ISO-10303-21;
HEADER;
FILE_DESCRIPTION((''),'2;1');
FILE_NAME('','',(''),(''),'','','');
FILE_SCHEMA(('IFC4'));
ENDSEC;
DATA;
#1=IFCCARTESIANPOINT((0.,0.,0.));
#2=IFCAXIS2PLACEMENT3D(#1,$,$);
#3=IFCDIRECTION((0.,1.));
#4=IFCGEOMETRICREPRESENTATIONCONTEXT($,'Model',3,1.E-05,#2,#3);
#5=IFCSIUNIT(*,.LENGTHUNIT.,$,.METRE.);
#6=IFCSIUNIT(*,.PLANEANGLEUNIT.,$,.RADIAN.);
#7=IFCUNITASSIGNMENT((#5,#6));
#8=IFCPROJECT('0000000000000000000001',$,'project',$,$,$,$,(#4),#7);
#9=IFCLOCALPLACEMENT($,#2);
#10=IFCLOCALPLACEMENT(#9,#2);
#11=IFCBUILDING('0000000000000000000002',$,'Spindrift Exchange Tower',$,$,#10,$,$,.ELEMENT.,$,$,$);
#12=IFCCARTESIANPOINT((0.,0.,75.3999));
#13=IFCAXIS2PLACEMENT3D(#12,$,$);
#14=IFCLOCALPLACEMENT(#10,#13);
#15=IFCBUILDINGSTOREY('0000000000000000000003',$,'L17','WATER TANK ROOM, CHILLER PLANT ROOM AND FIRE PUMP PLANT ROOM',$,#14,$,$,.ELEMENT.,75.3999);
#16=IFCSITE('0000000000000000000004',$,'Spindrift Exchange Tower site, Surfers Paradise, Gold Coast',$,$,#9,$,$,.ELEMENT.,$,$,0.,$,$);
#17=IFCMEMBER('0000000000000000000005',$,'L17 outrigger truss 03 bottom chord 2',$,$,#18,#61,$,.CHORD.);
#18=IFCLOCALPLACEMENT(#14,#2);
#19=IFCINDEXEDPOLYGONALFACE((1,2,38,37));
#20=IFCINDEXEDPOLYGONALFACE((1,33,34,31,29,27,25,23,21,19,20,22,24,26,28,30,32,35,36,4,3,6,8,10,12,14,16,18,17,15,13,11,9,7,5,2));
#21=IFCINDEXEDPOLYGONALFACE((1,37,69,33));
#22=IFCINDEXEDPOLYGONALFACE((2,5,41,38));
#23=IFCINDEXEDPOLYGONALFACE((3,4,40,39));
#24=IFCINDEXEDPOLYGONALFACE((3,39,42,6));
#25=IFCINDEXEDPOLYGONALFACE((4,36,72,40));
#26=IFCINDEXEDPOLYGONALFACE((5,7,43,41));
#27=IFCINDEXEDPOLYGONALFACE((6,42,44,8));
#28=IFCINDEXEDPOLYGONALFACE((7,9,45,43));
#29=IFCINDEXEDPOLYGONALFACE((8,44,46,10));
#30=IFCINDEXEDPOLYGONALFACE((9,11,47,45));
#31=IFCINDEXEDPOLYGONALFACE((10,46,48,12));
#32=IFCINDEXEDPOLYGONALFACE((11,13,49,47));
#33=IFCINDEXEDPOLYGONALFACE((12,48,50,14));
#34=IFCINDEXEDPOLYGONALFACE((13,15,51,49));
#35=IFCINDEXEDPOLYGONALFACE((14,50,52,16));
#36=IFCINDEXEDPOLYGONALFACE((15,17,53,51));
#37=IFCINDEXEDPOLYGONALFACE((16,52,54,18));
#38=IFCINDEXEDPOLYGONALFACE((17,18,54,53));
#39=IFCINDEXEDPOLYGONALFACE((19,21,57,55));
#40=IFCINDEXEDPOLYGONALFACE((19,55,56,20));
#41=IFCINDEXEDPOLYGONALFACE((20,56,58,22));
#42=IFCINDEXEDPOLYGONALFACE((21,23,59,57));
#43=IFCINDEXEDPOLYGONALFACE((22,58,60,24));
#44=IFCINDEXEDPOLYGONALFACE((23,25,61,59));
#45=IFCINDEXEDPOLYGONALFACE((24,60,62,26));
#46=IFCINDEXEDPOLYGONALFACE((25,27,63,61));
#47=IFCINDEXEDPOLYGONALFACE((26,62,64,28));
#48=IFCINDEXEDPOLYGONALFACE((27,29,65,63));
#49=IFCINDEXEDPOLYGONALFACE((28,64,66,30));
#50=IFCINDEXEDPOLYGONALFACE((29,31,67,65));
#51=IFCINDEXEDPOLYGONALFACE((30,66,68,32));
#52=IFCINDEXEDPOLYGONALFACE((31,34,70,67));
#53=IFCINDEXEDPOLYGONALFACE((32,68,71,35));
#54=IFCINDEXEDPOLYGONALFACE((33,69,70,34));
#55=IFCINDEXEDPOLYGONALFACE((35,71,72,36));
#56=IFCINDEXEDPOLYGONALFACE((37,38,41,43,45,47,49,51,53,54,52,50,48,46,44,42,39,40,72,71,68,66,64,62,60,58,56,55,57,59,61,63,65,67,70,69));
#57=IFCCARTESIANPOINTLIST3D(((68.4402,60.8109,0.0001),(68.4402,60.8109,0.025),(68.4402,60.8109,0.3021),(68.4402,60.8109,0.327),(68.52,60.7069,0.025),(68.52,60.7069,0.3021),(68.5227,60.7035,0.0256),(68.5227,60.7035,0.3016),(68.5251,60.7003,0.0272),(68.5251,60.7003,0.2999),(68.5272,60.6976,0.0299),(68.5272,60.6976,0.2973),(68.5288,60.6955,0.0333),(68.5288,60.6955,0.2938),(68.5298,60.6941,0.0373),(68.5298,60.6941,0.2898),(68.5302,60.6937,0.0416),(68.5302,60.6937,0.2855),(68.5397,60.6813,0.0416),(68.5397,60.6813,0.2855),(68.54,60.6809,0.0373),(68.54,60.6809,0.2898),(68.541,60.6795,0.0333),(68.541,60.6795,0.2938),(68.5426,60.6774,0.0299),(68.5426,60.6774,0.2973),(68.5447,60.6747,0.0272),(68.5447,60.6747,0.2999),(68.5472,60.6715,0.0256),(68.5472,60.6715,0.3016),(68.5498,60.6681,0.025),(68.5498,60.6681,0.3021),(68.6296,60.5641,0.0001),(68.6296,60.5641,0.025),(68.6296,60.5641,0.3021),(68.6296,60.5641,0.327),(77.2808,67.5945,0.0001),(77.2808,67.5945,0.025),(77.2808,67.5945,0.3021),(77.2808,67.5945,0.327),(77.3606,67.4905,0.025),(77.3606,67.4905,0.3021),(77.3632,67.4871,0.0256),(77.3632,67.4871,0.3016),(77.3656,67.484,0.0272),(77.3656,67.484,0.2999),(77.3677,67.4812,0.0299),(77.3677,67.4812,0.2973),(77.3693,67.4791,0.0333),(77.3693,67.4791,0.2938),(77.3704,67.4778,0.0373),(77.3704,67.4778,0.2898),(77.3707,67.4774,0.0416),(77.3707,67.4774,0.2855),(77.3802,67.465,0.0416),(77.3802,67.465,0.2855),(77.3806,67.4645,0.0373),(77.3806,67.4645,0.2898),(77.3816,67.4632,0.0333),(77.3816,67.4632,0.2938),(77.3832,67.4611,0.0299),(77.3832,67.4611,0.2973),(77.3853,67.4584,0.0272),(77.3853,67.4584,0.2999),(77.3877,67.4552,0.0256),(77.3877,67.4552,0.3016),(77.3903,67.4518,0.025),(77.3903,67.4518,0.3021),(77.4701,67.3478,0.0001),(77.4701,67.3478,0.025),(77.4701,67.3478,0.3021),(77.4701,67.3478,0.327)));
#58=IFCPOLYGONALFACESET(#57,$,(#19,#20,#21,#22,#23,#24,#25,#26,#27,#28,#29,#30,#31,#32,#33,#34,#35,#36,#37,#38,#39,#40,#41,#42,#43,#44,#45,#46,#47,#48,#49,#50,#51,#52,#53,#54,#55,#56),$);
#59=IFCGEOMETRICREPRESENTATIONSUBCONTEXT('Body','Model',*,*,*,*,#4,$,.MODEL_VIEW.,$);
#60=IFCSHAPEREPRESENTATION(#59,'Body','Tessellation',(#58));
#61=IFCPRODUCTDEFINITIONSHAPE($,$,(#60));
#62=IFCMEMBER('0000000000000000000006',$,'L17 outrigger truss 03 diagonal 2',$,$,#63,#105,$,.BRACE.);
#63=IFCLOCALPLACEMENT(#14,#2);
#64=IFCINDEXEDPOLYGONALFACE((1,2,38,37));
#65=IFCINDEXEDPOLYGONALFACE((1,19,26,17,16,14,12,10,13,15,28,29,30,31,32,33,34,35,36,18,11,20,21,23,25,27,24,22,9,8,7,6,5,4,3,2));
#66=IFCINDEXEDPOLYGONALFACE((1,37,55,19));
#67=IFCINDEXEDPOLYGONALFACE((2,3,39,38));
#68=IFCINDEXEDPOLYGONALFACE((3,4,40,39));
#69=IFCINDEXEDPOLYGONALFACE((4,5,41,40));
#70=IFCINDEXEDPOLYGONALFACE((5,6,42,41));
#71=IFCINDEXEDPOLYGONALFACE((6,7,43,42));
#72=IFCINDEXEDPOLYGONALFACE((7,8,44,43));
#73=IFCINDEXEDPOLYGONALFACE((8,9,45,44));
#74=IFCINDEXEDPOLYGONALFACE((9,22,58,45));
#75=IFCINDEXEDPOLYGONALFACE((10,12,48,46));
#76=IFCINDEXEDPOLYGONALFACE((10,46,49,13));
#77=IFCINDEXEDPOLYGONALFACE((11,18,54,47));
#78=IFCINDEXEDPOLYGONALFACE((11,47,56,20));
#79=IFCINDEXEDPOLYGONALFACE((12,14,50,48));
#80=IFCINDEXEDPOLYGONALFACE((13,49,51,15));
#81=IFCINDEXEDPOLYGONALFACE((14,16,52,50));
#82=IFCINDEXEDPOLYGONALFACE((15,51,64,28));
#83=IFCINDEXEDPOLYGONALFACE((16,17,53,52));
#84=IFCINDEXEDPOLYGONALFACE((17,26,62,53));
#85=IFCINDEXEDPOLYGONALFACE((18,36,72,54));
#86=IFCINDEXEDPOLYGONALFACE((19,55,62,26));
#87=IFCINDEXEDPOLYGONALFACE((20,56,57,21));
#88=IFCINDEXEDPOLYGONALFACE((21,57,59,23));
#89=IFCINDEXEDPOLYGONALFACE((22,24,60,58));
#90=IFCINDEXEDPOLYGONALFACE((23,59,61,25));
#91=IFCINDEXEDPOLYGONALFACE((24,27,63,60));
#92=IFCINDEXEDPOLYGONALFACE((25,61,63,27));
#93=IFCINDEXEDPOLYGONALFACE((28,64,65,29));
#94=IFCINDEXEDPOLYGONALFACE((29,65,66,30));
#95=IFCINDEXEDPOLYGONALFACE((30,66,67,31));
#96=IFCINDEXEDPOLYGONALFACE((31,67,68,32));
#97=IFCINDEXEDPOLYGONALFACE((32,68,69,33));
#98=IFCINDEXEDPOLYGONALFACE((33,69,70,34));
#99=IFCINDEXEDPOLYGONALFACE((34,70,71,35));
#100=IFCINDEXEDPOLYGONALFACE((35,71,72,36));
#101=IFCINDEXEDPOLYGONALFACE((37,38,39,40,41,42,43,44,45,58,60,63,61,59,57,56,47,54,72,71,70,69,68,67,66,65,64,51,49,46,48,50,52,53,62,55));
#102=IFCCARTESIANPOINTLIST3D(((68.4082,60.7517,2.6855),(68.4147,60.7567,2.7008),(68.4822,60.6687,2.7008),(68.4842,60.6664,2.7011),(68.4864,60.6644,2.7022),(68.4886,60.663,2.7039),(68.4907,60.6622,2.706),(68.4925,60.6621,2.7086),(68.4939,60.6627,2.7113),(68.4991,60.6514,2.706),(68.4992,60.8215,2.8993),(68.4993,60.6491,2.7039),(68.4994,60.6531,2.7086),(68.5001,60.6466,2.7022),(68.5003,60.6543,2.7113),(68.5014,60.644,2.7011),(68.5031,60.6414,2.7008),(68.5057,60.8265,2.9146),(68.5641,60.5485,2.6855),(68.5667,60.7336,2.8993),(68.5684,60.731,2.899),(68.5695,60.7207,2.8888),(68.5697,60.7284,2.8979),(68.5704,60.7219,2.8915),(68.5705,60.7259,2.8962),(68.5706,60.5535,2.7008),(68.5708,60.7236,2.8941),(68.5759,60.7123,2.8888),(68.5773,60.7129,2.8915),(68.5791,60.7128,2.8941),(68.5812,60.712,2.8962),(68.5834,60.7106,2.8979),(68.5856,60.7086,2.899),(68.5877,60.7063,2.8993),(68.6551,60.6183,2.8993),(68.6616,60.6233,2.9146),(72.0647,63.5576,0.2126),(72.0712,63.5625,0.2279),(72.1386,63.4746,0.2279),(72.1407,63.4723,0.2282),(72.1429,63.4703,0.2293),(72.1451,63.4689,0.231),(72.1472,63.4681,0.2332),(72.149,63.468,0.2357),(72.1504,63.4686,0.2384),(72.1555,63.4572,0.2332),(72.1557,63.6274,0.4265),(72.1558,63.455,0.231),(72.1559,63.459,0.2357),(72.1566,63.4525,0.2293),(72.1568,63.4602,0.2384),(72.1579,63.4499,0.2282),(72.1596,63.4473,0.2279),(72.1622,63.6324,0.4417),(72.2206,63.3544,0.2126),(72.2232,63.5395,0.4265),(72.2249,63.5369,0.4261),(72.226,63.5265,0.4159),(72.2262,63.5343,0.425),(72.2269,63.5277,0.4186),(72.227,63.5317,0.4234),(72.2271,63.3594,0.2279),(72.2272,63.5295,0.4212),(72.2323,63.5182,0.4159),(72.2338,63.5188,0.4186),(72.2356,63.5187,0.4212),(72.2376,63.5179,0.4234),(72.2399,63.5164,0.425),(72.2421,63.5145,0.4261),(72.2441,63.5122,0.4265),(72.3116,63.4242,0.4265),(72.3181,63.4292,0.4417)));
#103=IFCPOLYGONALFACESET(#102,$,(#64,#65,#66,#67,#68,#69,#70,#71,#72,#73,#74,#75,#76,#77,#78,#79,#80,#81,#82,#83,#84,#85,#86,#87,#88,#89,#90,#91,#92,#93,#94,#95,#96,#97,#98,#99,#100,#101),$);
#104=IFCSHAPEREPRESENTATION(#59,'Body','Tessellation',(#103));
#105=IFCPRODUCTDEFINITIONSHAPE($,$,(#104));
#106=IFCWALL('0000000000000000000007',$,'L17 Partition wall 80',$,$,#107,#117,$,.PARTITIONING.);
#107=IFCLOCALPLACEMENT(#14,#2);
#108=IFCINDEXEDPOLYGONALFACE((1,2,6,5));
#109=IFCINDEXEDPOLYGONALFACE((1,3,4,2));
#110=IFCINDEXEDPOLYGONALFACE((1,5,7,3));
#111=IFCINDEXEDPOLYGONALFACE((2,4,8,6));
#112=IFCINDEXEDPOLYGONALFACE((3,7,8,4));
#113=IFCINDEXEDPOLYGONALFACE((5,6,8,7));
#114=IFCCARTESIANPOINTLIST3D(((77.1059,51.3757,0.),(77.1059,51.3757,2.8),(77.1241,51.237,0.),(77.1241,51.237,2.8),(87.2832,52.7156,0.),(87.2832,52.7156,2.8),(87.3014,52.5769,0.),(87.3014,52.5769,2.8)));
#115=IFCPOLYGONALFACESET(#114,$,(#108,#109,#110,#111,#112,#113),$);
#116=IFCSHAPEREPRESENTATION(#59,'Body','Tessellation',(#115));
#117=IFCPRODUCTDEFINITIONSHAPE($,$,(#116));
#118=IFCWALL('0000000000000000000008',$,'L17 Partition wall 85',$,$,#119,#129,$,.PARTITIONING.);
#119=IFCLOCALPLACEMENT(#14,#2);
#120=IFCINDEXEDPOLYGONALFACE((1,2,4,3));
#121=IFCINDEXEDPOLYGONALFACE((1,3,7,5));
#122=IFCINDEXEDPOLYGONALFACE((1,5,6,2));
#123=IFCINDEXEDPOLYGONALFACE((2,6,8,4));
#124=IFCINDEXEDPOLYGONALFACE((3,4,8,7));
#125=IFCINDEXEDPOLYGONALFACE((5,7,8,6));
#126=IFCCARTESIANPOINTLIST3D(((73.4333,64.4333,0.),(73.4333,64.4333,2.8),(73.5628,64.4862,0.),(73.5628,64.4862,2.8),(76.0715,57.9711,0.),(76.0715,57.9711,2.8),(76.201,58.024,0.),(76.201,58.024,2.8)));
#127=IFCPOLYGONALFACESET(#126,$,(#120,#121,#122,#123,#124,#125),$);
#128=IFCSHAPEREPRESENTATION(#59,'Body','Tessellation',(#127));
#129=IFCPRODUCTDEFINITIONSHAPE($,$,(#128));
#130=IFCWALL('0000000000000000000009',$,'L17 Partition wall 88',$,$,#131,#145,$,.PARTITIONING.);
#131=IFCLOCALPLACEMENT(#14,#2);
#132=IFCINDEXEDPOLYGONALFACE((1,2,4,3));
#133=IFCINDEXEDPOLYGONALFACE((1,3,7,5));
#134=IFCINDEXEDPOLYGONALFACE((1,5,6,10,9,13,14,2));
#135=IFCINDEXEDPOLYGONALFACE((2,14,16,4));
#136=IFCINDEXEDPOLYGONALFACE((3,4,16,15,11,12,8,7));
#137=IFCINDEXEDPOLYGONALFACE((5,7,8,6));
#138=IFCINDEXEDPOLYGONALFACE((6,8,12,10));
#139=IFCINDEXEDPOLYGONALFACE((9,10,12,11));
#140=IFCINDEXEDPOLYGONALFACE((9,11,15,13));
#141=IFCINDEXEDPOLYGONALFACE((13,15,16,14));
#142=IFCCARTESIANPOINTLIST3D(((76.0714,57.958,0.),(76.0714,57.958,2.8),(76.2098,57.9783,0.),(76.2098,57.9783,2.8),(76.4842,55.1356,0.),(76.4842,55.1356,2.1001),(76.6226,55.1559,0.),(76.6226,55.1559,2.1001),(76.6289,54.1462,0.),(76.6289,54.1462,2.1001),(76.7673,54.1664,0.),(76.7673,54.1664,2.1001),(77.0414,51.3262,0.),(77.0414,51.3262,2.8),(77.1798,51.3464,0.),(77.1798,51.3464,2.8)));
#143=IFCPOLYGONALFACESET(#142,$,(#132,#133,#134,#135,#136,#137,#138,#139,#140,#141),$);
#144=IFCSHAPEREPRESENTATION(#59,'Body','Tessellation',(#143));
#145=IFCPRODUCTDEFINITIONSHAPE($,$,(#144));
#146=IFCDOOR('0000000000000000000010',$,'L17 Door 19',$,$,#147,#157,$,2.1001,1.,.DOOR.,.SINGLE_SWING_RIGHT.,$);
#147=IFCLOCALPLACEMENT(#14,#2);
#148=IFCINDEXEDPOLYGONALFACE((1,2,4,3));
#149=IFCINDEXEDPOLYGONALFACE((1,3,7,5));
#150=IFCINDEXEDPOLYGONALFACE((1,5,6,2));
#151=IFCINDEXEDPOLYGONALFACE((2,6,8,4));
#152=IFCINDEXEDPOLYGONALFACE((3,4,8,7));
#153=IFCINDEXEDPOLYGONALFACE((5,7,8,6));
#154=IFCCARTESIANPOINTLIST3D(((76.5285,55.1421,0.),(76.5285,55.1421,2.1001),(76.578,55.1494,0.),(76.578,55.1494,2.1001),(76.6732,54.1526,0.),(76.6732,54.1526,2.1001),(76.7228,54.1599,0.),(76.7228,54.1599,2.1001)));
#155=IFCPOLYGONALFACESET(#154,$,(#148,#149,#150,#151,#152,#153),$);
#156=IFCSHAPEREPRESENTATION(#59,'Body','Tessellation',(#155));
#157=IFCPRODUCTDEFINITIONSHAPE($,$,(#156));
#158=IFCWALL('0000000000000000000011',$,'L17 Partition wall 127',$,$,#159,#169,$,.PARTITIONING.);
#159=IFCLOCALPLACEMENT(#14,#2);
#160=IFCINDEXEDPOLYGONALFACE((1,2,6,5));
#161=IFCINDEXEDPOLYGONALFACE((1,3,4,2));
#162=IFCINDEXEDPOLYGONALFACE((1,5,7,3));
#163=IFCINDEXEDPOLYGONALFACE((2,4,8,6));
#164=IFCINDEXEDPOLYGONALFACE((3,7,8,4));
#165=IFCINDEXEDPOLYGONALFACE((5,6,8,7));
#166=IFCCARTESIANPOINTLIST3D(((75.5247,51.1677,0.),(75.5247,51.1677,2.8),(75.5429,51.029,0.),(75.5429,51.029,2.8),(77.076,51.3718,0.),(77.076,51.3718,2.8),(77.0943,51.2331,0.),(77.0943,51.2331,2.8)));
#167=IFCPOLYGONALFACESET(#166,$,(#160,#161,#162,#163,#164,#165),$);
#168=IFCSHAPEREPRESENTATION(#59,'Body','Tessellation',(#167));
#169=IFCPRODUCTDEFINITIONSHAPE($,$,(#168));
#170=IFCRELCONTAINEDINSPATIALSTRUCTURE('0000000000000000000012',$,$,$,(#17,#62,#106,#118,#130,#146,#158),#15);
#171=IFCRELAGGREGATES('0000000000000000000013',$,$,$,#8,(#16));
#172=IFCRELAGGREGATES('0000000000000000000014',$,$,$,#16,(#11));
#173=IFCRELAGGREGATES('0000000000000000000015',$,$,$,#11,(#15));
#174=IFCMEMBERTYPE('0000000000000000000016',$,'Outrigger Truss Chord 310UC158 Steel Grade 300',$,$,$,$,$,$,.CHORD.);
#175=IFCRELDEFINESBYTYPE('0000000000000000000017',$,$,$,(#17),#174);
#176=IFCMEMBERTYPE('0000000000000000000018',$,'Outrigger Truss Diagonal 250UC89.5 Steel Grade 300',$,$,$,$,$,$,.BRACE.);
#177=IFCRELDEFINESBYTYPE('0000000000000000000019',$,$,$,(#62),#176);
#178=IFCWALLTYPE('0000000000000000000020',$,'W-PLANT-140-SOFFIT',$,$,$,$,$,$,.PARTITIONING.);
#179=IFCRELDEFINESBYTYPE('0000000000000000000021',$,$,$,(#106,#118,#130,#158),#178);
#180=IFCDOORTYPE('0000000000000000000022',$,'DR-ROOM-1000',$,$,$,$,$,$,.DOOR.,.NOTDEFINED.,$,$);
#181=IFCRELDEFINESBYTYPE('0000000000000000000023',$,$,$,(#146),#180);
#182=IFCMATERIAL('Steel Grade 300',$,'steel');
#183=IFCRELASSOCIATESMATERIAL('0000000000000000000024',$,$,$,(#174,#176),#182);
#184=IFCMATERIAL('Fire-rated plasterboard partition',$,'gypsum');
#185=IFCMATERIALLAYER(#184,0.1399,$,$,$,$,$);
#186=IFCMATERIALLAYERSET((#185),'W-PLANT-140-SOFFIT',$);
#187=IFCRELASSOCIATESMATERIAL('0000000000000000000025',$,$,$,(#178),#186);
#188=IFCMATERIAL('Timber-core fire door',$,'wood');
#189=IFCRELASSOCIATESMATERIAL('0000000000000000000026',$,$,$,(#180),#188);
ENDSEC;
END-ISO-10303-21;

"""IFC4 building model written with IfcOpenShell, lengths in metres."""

from ifc_helpers import new_model, si_unit, direction, frame, frame_2d, origin, origin_2d, place, context, subcontext, project, spatial, rectangle, i_section, extrude, source, transform, mapped, material, layer, layer_set, material_profile, profile_set, type_object, element, fill, save


model = new_model("IFC4")

# Units and contexts
model_context = context("Model", 3, precision=1e-05, world=origin(), true_north=direction((0.0, 1.0)))
body_context = subcontext(model_context, "Body", "Model", "MODEL_VIEW")
ifc_project = project(units=[si_unit("LENGTHUNIT", "METRE"), si_unit("PLANEANGLEUNIT", "RADIAN")], contexts=[model_context])

# Site, building, storey
site_placement = place(None, origin())
site = spatial("IfcSite", under=ifc_project, at=site_placement, Name="Spindrift Exchange Tower site, Surfers Paradise, Gold Coast", CompositionType="ELEMENT", RefElevation=0.0)
building_placement = place(site_placement, origin())
building = spatial("IfcBuilding", under=site, at=building_placement, Name="Spindrift Exchange Tower", CompositionType="ELEMENT")
storey_placement = place(building_placement, frame((0.0, 0.0, 75.3999)))
storey = spatial("IfcBuildingStorey", under=building, at=storey_placement, Name="L17", Description="WATER TANK ROOM, CHILLER PLANT ROOM AND FIRE PUMP PLANT ROOM", CompositionType="ELEMENT", Elevation=75.3999)

# Shared definitions
ifc_material_1 = material(Name="Steel Grade 300", Category="steel")

# Shared definitions
ifc_material_profile_1 = material_profile(ifc_material_1, i_section(OverallWidth=0.311, OverallDepth=0.3269, WebThickness=0.0156, FlangeThickness=0.0249, FilletRadius=0.0166, at=origin_2d()), Name="310UC158")
ifc_profile_set_1 = profile_set([ifc_material_profile_1], Name="Steel Grade 300")
member_type_1 = type_object("IfcMemberType", Name="Outrigger Truss Chord 310UC158 Steel Grade 300", PredefinedType="CHORD", material=ifc_profile_set_1)
ifc_material_profile_2 = material_profile(ifc_material_1, i_section(OverallWidth=0.2561, OverallDepth=0.26, WebThickness=0.0105, FlangeThickness=0.0173, FilletRadius=0.012, at=origin_2d()), Name="250UC89.5")
ifc_profile_set_2 = profile_set([ifc_material_profile_2], Name="Steel Grade 300")
member_type_2 = type_object("IfcMemberType", Name="Outrigger Truss Diagonal 250UC89.5 Steel Grade 300", PredefinedType="BRACE", material=ifc_profile_set_2)

# Members
shared_shape_1 = source(origin(), body_context, "Body", "SweptSolid", [
    extrude(i_section(OverallWidth=0.311, OverallDepth=0.3269, WebThickness=0.0156, FlangeThickness=0.0249, FilletRadius=0.0166, at=origin_2d()), origin(), (0.0, 0.0, 1.0), 11.1433),
])
member_1_placement = place(storey_placement, frame((68.5349, 60.6875, 0.1636), z_axis=(0.79335, 0.608766, 0.0), x_axis=(-0.608766, 0.79335, 0.0)))
element("IfcMember", 1, at=member_1_placement, inside=storey, type_object=member_type_1, Name="L17 outrigger truss 03 bottom chord 2", PredefinedType="CHORD", context=body_context, shape_type="MappedRepresentation", body=[
    mapped(shared_shape_1, transform((0.0, 0.0, 0.0), scale=1.0)),
])
shared_shape_2 = source(origin(), body_context, "Body", "SweptSolid", [
    extrude(i_section(OverallWidth=0.2561, OverallDepth=0.26, WebThickness=0.0105, FlangeThickness=0.0173, FilletRadius=0.012, at=origin_2d()), origin(), (0.0, 0.0, 1.0), 5.2305),
])
member_2_placement = place(storey_placement, frame((68.5349, 60.6875, 2.8), z_axis=(0.699069, 0.53645, -0.472783), x_axis=(-0.608786, 0.793334, 0.0)))
element("IfcMember", 2, at=member_2_placement, inside=storey, type_object=member_type_2, Name="L17 outrigger truss 03 diagonal 2", PredefinedType="BRACE", context=body_context, shape_type="MappedRepresentation", body=[
    mapped(shared_shape_2, transform((0.0, 0.0, 0.0), scale=1.0)),
])

# Walls
ifc_material_2 = material(Name="Fire-rated plasterboard partition", Category="gypsum")
ifc_layer_1 = layer(ifc_material_2, 0.1399)
ifc_layer_set_1 = layer_set([ifc_layer_1], Name="W-PLANT-140-SOFFIT")
wall_type = type_object("IfcWallType", Name="W-PLANT-140-SOFFIT", PredefinedType="PARTITIONING", material=ifc_layer_set_1)
wall_1_placement = place(storey_placement, frame((77.115, 51.3064, 0.0), z_axis=(0.0, 0.0, 1.0), x_axis=(0.991445, 0.130525, 0.0)))
element("IfcWall", 3, at=wall_1_placement, inside=storey, type_object=wall_type, Name="L17 Partition wall 80", PredefinedType="PARTITIONING", context=body_context, shape_type="SweptSolid", body=[
    extrude(rectangle(XDim=10.2651, YDim=0.1399, at=frame_2d((5.1326, 0.0))), origin(), (0.0, 0.0, 1.0), 2.8),
])
wall_2_placement = place(storey_placement, frame((76.1362, 57.9976, 0.0), z_axis=(0.0, 0.0, 1.0), x_axis=(-0.377967, 0.925819, 0.0)))
element("IfcWall", 4, at=wall_2_placement, inside=storey, type_object=wall_type, Name="L17 Partition wall 85", PredefinedType="PARTITIONING", context=body_context, shape_type="SweptSolid", body=[
    extrude(rectangle(XDim=6.98, YDim=0.1399, at=frame_2d((3.49, 0.0))), origin(), (0.0, 0.0, 1.0), 2.8),
])

# Wall, opening, door
wall_3_placement = place(storey_placement, frame((76.1406, 57.968, 0.0), z_axis=(0.0, 0.0, 1.0), x_axis=(0.14472, -0.989473, 0.0)))
wall_3 = element("IfcWall", 5, at=wall_3_placement, inside=storey, type_object=wall_type, Name="L17 Partition wall 88", PredefinedType="PARTITIONING", context=body_context, shape_type="SweptSolid", body=[
    extrude(rectangle(XDim=6.7024, YDim=0.1399, at=frame_2d((3.3511, 0.0))), origin(), (0.0, 0.0, 1.0), 2.8),
])
opening_placement = place(wall_3_placement, frame((2.8523, 0.0, 0.0)))
opening = element("IfcOpeningElement", 6, at=opening_placement, cuts=wall_3, PredefinedType="OPENING", context=body_context, shape_type="SweptSolid", body=[
    extrude(rectangle(XDim=1.0, YDim=2.1001, at=frame_2d((0.5, 1.05))), frame((0.0, 0.0798, 0.0), z_axis=(0.0, -1.0, 0.0), x_axis=(1.0, 0.0, 0.0)), (0.0, 0.0, 1.0), 0.1599),
])
ifc_material_3 = material(Name="Timber-core fire door", Category="wood")
door_type = type_object("IfcDoorType", Name="DR-ROOM-1000", OperationType="NOTDEFINED", PredefinedType="DOOR", material=ifc_material_3)
shared_shape_3 = source(origin(), body_context, "Body", "SweptSolid", [
    extrude(rectangle(XDim=1.0, YDim=2.1001, at=frame_2d((0.5, 1.05))), frame((0.0, 0.0249, 0.0), z_axis=(0.0, -1.0, 0.0), x_axis=(1.0, 0.0, 0.0)), (0.0, 0.0, 1.0), 0.05),
])
door_placement = place(opening_placement, origin())
door = element("IfcDoor", 7, at=door_placement, inside=storey, type_object=door_type, Name="L17 Door 19", OperationType="SINGLE_SWING_RIGHT", OverallHeight=2.1001, OverallWidth=1.0, PredefinedType="DOOR", context=body_context, shape_type="MappedRepresentation", body=[
    mapped(shared_shape_3, transform((0.0, 0.0, 0.0), scale=1.0)),
])
fill(opening, door)

# Wall
wall_4_placement = place(storey_placement, frame((75.5339, 51.0984, 0.0), z_axis=(0.0, 0.0, 1.0), x_axis=(0.991455, 0.130446, 0.0)))
element("IfcWall", 8, at=wall_4_placement, inside=storey, type_object=wall_type, Name="L17 Partition wall 127", PredefinedType="PARTITIONING", context=body_context, shape_type="SweptSolid", body=[
    extrude(rectangle(XDim=1.5647, YDim=0.1399, at=frame_2d((0.7822, 0.0))), origin(), (0.0, 0.0, 1.0), 2.8),
])

save(model, "model.ifc")
